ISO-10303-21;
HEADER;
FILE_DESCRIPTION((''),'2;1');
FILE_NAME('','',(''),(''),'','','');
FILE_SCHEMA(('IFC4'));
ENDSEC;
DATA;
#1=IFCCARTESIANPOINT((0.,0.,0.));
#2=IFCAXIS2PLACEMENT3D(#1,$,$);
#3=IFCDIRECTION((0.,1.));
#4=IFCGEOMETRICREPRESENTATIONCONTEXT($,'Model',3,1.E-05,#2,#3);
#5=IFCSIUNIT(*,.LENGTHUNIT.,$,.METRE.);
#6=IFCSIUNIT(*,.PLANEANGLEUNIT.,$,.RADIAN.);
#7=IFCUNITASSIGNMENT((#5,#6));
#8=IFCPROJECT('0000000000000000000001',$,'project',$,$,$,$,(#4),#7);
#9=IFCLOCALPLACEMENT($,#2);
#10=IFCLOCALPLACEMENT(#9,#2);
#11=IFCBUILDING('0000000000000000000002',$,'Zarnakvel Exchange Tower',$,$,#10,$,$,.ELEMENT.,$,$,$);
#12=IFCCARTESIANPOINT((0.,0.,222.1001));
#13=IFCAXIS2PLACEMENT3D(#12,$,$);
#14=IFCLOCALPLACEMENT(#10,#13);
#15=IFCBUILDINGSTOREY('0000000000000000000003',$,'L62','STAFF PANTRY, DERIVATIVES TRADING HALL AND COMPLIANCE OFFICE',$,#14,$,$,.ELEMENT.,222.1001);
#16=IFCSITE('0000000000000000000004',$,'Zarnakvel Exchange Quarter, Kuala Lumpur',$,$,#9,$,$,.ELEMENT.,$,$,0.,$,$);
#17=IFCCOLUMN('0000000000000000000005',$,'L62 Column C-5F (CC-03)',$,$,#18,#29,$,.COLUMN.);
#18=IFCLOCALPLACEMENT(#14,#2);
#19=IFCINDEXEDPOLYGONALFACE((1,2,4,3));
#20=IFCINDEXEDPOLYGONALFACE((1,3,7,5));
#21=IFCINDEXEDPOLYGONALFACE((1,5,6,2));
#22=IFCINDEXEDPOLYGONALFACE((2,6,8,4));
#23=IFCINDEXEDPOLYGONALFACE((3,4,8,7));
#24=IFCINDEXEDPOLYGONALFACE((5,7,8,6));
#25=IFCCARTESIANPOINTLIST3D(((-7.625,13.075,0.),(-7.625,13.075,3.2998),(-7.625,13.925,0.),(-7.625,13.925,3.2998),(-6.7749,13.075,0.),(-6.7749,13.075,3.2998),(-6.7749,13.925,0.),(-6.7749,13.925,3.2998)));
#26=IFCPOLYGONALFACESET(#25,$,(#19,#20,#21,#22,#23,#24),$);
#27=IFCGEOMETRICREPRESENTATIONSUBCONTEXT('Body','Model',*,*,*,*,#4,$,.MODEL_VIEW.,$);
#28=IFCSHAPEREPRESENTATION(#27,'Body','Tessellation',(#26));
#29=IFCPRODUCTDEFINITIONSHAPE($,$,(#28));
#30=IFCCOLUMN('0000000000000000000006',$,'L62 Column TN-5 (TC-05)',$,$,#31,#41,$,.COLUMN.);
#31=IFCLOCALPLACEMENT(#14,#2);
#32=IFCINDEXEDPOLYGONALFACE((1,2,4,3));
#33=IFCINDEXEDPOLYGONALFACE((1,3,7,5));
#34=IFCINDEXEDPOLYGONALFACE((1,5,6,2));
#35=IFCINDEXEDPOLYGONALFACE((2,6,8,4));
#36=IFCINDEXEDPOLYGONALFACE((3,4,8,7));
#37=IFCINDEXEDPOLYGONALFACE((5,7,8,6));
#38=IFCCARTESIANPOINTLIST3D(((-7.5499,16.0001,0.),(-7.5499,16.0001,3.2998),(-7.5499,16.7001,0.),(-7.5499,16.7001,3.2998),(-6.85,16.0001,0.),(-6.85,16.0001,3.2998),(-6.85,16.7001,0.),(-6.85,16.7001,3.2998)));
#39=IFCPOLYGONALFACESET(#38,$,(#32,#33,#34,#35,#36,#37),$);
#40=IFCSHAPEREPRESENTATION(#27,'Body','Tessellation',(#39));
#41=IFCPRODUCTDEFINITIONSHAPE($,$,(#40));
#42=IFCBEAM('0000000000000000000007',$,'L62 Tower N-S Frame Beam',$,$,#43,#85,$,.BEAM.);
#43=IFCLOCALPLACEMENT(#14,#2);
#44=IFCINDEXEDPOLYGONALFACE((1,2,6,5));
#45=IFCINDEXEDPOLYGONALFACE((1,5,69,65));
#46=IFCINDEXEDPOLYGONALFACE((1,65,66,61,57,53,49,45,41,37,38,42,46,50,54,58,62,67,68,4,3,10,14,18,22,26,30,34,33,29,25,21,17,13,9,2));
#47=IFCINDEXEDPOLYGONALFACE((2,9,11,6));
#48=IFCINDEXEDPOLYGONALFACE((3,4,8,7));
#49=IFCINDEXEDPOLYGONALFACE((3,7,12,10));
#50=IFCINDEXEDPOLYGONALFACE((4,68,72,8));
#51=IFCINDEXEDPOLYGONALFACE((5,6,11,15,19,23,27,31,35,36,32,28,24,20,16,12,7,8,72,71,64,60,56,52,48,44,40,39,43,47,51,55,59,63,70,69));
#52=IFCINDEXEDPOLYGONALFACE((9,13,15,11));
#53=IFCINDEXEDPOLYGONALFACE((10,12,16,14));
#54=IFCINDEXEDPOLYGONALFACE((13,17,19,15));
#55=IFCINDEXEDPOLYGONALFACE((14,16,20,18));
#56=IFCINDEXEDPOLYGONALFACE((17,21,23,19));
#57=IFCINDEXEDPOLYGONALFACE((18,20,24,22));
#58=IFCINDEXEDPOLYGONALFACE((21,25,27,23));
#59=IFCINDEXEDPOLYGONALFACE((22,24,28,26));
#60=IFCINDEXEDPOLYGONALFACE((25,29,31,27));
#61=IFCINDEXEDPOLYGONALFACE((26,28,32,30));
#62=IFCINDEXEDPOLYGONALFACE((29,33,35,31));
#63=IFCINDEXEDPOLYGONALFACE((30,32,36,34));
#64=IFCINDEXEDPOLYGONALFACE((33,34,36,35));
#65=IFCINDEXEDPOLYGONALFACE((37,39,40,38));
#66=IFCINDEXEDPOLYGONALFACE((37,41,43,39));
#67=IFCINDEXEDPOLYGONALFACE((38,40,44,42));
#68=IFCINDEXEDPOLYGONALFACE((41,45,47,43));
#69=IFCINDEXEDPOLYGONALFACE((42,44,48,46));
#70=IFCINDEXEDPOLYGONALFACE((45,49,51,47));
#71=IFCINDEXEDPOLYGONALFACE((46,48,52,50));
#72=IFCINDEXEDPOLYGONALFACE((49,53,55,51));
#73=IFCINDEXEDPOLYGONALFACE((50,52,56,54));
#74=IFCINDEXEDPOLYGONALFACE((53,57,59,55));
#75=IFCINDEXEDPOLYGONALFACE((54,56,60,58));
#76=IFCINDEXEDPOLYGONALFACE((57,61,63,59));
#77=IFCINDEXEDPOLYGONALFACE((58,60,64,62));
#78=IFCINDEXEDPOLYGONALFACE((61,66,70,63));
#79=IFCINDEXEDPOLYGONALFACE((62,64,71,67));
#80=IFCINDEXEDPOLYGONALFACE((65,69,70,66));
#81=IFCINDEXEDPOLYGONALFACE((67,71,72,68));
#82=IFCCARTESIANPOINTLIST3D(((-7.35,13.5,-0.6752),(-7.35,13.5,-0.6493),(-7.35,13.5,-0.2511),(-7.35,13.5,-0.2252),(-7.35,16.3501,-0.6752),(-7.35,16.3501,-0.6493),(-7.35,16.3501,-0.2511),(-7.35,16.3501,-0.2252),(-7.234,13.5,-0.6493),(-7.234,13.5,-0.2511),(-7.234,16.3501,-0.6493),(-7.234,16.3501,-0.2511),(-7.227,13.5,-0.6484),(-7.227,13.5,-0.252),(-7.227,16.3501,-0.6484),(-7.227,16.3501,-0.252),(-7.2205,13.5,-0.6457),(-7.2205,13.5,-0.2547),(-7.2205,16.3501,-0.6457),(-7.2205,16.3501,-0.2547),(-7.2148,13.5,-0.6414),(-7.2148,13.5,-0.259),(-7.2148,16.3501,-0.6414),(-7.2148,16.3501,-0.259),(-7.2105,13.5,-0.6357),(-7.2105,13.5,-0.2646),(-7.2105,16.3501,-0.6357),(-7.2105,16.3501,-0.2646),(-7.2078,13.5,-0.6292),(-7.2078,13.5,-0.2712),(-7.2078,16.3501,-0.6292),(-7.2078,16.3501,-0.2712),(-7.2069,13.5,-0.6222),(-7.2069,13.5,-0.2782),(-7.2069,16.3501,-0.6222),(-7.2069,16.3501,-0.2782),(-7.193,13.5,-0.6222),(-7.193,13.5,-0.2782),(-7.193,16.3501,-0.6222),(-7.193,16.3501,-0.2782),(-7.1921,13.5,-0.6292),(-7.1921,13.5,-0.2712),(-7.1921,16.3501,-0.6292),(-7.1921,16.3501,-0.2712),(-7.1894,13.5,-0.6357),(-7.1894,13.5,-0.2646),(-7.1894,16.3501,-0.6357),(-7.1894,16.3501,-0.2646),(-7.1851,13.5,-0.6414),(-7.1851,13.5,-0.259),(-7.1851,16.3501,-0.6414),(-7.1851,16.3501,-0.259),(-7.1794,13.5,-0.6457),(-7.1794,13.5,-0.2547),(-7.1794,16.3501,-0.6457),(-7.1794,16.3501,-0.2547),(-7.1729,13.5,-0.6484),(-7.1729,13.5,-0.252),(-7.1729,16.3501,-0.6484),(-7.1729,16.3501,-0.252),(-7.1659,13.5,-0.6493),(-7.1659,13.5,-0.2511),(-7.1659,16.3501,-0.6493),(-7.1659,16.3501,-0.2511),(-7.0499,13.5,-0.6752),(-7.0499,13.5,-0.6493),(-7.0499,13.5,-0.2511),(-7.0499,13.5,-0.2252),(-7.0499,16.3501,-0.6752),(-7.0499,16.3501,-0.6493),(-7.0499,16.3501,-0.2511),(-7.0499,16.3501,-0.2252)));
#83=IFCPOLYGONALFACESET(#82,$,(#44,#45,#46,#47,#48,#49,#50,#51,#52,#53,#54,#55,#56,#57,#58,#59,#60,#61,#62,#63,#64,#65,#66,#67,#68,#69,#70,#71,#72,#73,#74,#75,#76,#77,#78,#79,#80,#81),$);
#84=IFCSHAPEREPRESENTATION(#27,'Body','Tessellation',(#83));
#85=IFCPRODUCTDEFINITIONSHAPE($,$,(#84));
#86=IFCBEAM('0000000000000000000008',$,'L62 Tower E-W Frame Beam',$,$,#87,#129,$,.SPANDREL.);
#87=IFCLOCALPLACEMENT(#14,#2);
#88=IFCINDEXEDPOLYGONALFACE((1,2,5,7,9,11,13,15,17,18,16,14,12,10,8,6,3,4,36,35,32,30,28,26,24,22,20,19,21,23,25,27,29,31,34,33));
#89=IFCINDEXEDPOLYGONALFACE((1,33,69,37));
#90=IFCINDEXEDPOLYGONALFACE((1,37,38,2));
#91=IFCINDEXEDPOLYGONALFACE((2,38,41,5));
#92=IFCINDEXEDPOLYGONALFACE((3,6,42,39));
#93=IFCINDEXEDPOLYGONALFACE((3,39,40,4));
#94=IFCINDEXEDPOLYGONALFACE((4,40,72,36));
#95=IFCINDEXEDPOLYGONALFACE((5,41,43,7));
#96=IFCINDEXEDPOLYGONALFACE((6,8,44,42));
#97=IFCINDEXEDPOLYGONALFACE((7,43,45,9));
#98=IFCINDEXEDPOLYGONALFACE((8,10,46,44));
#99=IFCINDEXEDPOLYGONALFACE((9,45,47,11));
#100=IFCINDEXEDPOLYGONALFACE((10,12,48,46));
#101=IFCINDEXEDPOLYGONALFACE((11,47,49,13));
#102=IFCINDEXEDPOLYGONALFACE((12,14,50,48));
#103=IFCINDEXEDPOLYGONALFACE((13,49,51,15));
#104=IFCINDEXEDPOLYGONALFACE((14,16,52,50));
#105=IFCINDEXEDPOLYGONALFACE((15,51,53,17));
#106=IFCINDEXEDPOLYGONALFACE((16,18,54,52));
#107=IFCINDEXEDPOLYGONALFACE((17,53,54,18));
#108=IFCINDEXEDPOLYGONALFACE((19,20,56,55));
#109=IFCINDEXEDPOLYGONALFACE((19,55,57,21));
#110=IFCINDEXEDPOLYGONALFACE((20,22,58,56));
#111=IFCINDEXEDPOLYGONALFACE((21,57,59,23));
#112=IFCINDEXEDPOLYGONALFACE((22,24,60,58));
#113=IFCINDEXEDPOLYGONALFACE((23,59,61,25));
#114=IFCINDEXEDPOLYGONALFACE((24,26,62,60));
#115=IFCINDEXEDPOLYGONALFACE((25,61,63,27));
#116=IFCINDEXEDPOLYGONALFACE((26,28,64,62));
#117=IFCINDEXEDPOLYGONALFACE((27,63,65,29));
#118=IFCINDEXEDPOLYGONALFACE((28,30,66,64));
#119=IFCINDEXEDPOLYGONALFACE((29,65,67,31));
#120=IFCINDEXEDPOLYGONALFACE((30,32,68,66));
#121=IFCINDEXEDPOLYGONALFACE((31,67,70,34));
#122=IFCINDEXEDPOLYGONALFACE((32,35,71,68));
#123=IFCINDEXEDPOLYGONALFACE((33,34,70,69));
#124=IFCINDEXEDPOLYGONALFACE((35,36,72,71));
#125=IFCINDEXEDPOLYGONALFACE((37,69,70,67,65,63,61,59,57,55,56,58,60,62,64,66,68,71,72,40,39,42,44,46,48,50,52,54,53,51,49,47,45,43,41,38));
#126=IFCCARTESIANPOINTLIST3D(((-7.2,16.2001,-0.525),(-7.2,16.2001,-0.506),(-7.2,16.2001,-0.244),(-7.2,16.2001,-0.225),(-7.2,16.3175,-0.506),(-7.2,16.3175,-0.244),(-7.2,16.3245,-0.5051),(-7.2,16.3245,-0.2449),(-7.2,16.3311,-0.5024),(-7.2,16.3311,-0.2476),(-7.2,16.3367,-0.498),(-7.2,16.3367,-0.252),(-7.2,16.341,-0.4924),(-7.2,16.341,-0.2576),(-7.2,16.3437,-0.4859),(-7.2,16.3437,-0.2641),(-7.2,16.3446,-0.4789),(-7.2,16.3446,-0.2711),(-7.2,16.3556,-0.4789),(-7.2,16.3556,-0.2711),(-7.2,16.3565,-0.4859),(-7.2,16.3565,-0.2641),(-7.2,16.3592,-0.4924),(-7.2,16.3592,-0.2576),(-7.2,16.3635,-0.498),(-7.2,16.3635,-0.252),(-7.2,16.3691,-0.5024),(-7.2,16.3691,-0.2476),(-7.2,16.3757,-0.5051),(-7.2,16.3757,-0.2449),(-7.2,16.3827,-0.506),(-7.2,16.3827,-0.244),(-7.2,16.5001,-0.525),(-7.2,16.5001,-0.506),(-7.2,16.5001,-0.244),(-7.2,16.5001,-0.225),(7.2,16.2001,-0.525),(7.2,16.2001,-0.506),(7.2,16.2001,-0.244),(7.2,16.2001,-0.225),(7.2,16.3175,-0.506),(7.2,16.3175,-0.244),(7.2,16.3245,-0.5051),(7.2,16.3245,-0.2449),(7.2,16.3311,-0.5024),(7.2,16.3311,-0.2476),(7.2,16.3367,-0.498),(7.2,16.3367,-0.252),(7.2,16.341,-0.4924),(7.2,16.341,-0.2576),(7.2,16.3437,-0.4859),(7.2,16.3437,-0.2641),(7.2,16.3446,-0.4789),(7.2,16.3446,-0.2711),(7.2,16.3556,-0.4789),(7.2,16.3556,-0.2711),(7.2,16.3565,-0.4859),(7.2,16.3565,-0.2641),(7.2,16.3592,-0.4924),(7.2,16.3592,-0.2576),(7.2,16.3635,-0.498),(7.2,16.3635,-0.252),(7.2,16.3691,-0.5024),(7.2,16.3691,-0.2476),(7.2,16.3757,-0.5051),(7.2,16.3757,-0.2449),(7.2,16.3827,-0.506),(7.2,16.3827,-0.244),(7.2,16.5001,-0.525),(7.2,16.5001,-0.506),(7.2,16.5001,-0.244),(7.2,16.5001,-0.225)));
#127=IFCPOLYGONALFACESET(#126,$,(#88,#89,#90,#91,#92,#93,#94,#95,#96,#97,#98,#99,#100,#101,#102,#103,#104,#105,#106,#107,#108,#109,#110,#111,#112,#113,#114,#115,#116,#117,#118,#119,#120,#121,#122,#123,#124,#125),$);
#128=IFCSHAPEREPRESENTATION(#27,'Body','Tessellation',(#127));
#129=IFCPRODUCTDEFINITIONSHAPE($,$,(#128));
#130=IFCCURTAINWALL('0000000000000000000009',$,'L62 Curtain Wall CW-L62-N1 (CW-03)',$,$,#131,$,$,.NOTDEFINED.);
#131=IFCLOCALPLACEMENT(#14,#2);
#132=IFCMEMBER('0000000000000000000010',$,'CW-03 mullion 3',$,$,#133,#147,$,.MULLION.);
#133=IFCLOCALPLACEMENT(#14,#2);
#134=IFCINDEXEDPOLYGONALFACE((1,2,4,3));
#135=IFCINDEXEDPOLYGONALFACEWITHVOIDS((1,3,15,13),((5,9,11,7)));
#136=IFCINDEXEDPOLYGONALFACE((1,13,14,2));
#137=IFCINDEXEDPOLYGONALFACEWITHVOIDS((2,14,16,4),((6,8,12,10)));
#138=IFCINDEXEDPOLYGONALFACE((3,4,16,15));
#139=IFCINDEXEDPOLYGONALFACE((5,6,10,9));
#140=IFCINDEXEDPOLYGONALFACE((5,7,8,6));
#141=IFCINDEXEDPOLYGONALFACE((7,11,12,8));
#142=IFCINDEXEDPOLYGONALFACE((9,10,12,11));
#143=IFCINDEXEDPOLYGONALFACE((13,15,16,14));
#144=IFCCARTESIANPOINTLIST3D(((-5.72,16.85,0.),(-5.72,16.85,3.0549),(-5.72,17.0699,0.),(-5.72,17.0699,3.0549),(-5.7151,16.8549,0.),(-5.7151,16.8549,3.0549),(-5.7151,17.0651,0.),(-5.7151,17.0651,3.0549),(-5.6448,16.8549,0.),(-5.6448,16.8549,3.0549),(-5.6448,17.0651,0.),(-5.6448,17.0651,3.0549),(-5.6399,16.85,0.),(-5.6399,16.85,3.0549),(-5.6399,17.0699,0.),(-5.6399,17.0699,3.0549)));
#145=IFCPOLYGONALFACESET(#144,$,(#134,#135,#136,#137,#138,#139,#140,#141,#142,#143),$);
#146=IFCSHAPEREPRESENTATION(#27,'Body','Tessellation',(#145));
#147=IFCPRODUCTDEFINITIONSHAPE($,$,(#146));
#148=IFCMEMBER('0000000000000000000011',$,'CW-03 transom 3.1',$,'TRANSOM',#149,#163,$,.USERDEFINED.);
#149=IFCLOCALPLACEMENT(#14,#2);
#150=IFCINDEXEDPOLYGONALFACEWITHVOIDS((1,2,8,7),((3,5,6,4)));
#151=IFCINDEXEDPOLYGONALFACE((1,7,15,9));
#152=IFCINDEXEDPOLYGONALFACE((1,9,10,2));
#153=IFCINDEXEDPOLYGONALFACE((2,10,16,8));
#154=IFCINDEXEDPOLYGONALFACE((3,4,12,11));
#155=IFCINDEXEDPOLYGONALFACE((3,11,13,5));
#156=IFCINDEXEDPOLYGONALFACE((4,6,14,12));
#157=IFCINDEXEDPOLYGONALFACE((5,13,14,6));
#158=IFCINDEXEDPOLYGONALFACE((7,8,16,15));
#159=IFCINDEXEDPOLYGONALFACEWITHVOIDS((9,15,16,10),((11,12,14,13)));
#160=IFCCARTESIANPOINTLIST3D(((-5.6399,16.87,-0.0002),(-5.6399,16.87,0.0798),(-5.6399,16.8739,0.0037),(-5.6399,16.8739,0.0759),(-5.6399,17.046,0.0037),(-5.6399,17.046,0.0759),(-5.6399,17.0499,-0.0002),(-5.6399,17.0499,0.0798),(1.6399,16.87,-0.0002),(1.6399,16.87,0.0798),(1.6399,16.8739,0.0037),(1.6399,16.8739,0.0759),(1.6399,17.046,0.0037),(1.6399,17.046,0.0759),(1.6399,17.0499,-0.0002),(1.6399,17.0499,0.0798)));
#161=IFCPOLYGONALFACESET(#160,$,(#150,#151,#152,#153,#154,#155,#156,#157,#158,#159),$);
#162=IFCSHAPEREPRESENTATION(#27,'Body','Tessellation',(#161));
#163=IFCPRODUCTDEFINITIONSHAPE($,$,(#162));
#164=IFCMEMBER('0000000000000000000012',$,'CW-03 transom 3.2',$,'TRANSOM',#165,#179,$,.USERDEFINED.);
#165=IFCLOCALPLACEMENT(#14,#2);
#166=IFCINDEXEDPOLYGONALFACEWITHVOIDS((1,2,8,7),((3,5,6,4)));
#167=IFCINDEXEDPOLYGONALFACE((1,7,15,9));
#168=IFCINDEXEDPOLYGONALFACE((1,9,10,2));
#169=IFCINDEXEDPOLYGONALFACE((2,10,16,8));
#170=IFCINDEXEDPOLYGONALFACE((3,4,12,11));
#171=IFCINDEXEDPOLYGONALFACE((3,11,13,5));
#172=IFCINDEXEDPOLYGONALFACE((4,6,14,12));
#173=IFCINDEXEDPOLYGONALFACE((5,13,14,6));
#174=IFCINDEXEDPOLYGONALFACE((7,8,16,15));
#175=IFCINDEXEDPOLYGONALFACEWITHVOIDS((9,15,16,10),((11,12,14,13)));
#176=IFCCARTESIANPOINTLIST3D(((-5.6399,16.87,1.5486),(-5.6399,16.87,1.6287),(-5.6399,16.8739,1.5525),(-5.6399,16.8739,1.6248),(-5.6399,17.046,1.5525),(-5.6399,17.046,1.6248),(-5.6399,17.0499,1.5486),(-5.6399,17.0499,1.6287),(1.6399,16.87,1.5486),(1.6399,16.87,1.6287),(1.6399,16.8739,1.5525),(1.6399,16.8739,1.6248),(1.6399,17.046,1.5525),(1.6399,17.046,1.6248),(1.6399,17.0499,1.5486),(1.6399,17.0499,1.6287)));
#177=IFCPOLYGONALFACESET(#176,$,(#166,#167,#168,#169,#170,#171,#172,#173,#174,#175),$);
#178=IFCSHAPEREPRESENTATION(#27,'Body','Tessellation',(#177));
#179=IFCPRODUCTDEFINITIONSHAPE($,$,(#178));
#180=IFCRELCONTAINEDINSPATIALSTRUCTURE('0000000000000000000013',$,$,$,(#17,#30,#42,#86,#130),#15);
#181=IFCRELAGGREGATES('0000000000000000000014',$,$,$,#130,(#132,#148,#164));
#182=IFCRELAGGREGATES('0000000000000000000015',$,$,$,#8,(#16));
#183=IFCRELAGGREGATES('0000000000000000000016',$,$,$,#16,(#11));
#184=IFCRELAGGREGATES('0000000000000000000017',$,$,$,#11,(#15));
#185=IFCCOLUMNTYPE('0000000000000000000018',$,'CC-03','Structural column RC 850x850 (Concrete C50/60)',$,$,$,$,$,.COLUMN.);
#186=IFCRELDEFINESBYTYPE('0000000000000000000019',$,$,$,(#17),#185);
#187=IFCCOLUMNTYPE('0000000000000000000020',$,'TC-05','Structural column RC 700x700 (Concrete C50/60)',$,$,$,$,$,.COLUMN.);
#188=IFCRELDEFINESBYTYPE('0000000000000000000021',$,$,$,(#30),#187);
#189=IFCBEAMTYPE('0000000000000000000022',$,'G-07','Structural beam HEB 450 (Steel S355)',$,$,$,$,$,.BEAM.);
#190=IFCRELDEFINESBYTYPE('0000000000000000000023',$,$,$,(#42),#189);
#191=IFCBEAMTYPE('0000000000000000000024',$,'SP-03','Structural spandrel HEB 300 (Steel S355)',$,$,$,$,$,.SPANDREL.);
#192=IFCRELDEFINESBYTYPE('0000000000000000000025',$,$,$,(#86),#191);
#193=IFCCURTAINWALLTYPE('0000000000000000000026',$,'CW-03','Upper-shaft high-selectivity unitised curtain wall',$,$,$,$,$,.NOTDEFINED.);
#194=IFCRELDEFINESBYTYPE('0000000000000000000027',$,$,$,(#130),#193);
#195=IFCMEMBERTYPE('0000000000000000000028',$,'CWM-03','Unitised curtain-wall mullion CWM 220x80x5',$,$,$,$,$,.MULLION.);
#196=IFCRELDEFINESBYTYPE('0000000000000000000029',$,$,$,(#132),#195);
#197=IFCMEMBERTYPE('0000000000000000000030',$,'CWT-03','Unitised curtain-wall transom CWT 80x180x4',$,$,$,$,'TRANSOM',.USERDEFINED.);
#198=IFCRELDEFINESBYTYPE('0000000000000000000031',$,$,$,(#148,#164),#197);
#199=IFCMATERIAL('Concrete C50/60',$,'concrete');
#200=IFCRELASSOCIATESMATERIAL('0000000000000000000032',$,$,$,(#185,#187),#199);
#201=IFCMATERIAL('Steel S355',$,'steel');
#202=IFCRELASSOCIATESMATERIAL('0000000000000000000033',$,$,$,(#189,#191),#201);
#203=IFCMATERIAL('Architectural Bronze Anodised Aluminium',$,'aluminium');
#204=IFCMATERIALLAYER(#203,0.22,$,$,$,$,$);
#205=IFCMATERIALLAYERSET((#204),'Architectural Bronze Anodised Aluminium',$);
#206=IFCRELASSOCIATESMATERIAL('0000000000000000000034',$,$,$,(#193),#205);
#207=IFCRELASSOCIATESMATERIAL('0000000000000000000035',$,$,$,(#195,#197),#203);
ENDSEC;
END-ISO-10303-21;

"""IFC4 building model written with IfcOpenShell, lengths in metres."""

from ifc_helpers import new_model, si_unit, direction, frame, origin, origin_2d, place, context, subcontext, project, spatial, rectangle, hollow_rectangle, i_section, extrude, source, transform, mapped, material, layer, layer_set, material_profile, profile_set, type_object, element, aggregate, save


model = new_model("IFC4")

# Units and contexts
model_context = context("Model", 3, precision=1e-05, world=origin(), true_north=direction((0.0, 1.0)))
body_context = subcontext(model_context, "Body", "Model", "MODEL_VIEW")
ifc_project = project(units=[si_unit("LENGTHUNIT", "METRE"), si_unit("PLANEANGLEUNIT", "RADIAN")], contexts=[model_context])

# Site, building, storey
site_placement = place(None, origin())
site = spatial("IfcSite", under=ifc_project, at=site_placement, Name="Zarnakvel Exchange Quarter, Kuala Lumpur", CompositionType="ELEMENT", RefElevation=0.0)
building_placement = place(site_placement, origin())
building = spatial("IfcBuilding", under=site, at=building_placement, Name="Zarnakvel Exchange Tower", CompositionType="ELEMENT")
storey_placement = place(building_placement, frame((0.0, 0.0, 222.1001)))
storey = spatial("IfcBuildingStorey", under=building, at=storey_placement, Name="L62", Description="STAFF PANTRY, DERIVATIVES TRADING HALL AND COMPLIANCE OFFICE", CompositionType="ELEMENT", Elevation=222.1001)

# Columns
ifc_material_1 = material(Name="Concrete C50/60", Category="concrete")
ifc_material_profile_1 = material_profile(ifc_material_1, rectangle(XDim=0.8501, YDim=0.8501, at=origin_2d()))
ifc_profile_set_1 = profile_set([ifc_material_profile_1], Name="Concrete C50/60")
column_type_1 = type_object("IfcColumnType", Name="CC-03", Description="Structural column RC 850x850 (Concrete C50/60)", PredefinedType="COLUMN", material=ifc_profile_set_1)
column_1_placement = place(storey_placement, frame((-7.2, 13.5, 0.0), z_axis=(0.0, 0.0, 1.0), x_axis=(1.0, 0.0, 0.0)))
element("IfcColumn", 1, at=column_1_placement, inside=storey, type_object=column_type_1, Name="L62 Column C-5F (CC-03)", PredefinedType="COLUMN", context=body_context, shape_type="SweptSolid", body=[
    extrude(rectangle(XDim=0.8501, YDim=0.8501, at=origin_2d()), origin(), (0.0, 0.0, 1.0), 3.2998),
])
ifc_material_profile_2 = material_profile(ifc_material_1, rectangle(XDim=0.7, YDim=0.7, at=origin_2d()))
ifc_profile_set_2 = profile_set([ifc_material_profile_2], Name="Concrete C50/60")
column_type_2 = type_object("IfcColumnType", Name="TC-05", Description="Structural column RC 700x700 (Concrete C50/60)", PredefinedType="COLUMN", material=ifc_profile_set_2)
column_2_placement = place(storey_placement, frame((-7.2, 16.3501, 0.0), z_axis=(0.0, 0.0, 1.0), x_axis=(1.0, 0.0, 0.0)))
element("IfcColumn", 2, at=column_2_placement, inside=storey, type_object=column_type_2, Name="L62 Column TN-5 (TC-05)", PredefinedType="COLUMN", context=body_context, shape_type="SweptSolid", body=[
    extrude(rectangle(XDim=0.7, YDim=0.7, at=origin_2d()), origin(), (0.0, 0.0, 1.0), 3.2998),
])

# Beams
ifc_material_2 = material(Name="Steel S355", Category="steel")
ifc_material_profile_3 = material_profile(ifc_material_2, i_section(OverallWidth=0.3, OverallDepth=0.45, WebThickness=0.0139, FlangeThickness=0.0259, FilletRadius=0.0271, at=origin_2d()))
ifc_profile_set_3 = profile_set([ifc_material_profile_3], Name="Steel S355")
beam_type_1 = type_object("IfcBeamType", Name="G-07", Description="Structural beam HEB 450 (Steel S355)", PredefinedType="BEAM", material=ifc_profile_set_3)
beam_1_placement = place(storey_placement, frame((-7.2, 13.5, -0.4502), z_axis=(0.0, 1.0, 0.0), x_axis=(-1.0, 0.0, 0.0)))
element("IfcBeam", 3, at=beam_1_placement, inside=storey, type_object=beam_type_1, Name="L62 Tower N-S Frame Beam", PredefinedType="BEAM", context=body_context, shape_type="SweptSolid", body=[
    extrude(i_section(OverallWidth=0.3, OverallDepth=0.45, WebThickness=0.0139, FlangeThickness=0.0259, FilletRadius=0.0271, at=origin_2d()), origin(), (0.0, 0.0, 1.0), 2.8501),
])
ifc_material_profile_4 = material_profile(ifc_material_2, i_section(OverallWidth=0.3, OverallDepth=0.3, WebThickness=0.011, FlangeThickness=0.019, FilletRadius=0.0271, at=origin_2d()))
ifc_profile_set_4 = profile_set([ifc_material_profile_4], Name="Steel S355")
beam_type_2 = type_object("IfcBeamType", Name="SP-03", Description="Structural spandrel HEB 300 (Steel S355)", PredefinedType="SPANDREL", material=ifc_profile_set_4)
beam_2_placement = place(storey_placement, frame((-7.2, 16.3501, -0.375), z_axis=(1.0, 0.0, 0.0), x_axis=(0.0, 1.0, 0.0)))
element("IfcBeam", 4, at=beam_2_placement, inside=storey, type_object=beam_type_2, Name="L62 Tower E-W Frame Beam", PredefinedType="SPANDREL", context=body_context, shape_type="SweptSolid", body=[
    extrude(i_section(OverallWidth=0.3, OverallDepth=0.3, WebThickness=0.011, FlangeThickness=0.019, FilletRadius=0.0271, at=origin_2d()), origin(), (0.0, 0.0, 1.0), 14.3999),
])

# Curtain wall, members
ifc_material_3 = material(Name="Architectural Bronze Anodised Aluminium", Category="aluminium")
ifc_layer_1 = layer(ifc_material_3, 0.22)
ifc_layer_set_1 = layer_set([ifc_layer_1], Name="Architectural Bronze Anodised Aluminium")
curtain_wall_type = type_object("IfcCurtainWallType", Name="CW-03", Description="Upper-shaft high-selectivity unitised curtain wall", PredefinedType="NOTDEFINED", material=ifc_layer_set_1)
curtain_wall_placement = place(storey_placement, origin())
curtain_wall = element("IfcCurtainWall", 5, at=curtain_wall_placement, inside=storey, type_object=curtain_wall_type, Name="L62 Curtain Wall CW-L62-N1 (CW-03)", PredefinedType="NOTDEFINED")
ifc_material_profile_5 = material_profile(ifc_material_3, hollow_rectangle(XDim=0.22, YDim=0.0801, WallThickness=0.0049, at=origin_2d()))
ifc_profile_set_5 = profile_set([ifc_material_profile_5], Name="Architectural Bronze Anodised Aluminium")
member_type_1 = type_object("IfcMemberType", Name="CWM-03", Description="Unitised curtain-wall mullion CWM 220x80x5", PredefinedType="MULLION", material=ifc_profile_set_5)
shared_shape_1 = source(origin(), body_context, "Body", "SweptSolid", [
    extrude(hollow_rectangle(XDim=0.22, YDim=0.0801, WallThickness=0.0049, at=origin_2d()), origin(), (0.0, 0.0, 1.0), 3.0549),
])
member_1_placement = place(storey_placement, frame((-5.6799, 16.96, 0.0), z_axis=(0.0, 0.0, 1.0), x_axis=(0.0, 1.0, 0.0)))
member_1 = element("IfcMember", 6, at=member_1_placement, type_object=member_type_1, Name="CW-03 mullion 3", PredefinedType="MULLION", context=body_context, shape_type="MappedRepresentation", body=[
    mapped(shared_shape_1, transform((0.0, 0.0, 0.0), x_axis=(1.0, 0.0, 0.0), y_axis=(0.0, 1.0, 0.0), z_axis=(0.0, 0.0, 1.0), scale=1.0)),
])
ifc_material_profile_6 = material_profile(ifc_material_3, hollow_rectangle(XDim=0.1799, YDim=0.0801, WallThickness=0.0039, at=origin_2d()))
ifc_profile_set_6 = profile_set([ifc_material_profile_6], Name="Architectural Bronze Anodised Aluminium")
member_type_2 = type_object("IfcMemberType", Name="CWT-03", Description="Unitised curtain-wall transom CWT 80x180x4", ElementType="TRANSOM", PredefinedType="USERDEFINED", material=ifc_profile_set_6)
shared_shape_2 = source(origin(), body_context, "Body", "SweptSolid", [
    extrude(hollow_rectangle(XDim=0.1799, YDim=0.0801, WallThickness=0.0039, at=origin_2d()), origin(), (0.0, 0.0, 1.0), 7.2798),
])
member_2_placement = place(storey_placement, frame((-5.6399, 16.96, 0.0398), z_axis=(1.0, 0.0, 0.0), x_axis=(0.0, 1.0, 0.0)))
member_2 = element("IfcMember", 7, at=member_2_placement, type_object=member_type_2, Name="CW-03 transom 3.1", ObjectType="TRANSOM", PredefinedType="USERDEFINED", context=body_context, shape_type="MappedRepresentation", body=[
    mapped(shared_shape_2, transform((0.0, 0.0, 0.0), x_axis=(1.0, 0.0, 0.0), y_axis=(0.0, 1.0, 0.0), z_axis=(0.0, 0.0, 1.0), scale=1.0)),
])
member_3_placement = place(storey_placement, frame((-5.6399, 16.96, 1.5886), z_axis=(1.0, 0.0, 0.0), x_axis=(0.0, 1.0, 0.0)))
member_3 = element("IfcMember", 8, at=member_3_placement, type_object=member_type_2, Name="CW-03 transom 3.2", ObjectType="TRANSOM", PredefinedType="USERDEFINED", context=body_context, shape_type="MappedRepresentation", body=[
    mapped(shared_shape_2, transform((0.0, 0.0, 0.0), x_axis=(1.0, 0.0, 0.0), y_axis=(0.0, 1.0, 0.0), z_axis=(0.0, 0.0, 1.0), scale=1.0)),
])
aggregate(curtain_wall, [member_1, member_2, member_3])

save(model, "model.ifc")
